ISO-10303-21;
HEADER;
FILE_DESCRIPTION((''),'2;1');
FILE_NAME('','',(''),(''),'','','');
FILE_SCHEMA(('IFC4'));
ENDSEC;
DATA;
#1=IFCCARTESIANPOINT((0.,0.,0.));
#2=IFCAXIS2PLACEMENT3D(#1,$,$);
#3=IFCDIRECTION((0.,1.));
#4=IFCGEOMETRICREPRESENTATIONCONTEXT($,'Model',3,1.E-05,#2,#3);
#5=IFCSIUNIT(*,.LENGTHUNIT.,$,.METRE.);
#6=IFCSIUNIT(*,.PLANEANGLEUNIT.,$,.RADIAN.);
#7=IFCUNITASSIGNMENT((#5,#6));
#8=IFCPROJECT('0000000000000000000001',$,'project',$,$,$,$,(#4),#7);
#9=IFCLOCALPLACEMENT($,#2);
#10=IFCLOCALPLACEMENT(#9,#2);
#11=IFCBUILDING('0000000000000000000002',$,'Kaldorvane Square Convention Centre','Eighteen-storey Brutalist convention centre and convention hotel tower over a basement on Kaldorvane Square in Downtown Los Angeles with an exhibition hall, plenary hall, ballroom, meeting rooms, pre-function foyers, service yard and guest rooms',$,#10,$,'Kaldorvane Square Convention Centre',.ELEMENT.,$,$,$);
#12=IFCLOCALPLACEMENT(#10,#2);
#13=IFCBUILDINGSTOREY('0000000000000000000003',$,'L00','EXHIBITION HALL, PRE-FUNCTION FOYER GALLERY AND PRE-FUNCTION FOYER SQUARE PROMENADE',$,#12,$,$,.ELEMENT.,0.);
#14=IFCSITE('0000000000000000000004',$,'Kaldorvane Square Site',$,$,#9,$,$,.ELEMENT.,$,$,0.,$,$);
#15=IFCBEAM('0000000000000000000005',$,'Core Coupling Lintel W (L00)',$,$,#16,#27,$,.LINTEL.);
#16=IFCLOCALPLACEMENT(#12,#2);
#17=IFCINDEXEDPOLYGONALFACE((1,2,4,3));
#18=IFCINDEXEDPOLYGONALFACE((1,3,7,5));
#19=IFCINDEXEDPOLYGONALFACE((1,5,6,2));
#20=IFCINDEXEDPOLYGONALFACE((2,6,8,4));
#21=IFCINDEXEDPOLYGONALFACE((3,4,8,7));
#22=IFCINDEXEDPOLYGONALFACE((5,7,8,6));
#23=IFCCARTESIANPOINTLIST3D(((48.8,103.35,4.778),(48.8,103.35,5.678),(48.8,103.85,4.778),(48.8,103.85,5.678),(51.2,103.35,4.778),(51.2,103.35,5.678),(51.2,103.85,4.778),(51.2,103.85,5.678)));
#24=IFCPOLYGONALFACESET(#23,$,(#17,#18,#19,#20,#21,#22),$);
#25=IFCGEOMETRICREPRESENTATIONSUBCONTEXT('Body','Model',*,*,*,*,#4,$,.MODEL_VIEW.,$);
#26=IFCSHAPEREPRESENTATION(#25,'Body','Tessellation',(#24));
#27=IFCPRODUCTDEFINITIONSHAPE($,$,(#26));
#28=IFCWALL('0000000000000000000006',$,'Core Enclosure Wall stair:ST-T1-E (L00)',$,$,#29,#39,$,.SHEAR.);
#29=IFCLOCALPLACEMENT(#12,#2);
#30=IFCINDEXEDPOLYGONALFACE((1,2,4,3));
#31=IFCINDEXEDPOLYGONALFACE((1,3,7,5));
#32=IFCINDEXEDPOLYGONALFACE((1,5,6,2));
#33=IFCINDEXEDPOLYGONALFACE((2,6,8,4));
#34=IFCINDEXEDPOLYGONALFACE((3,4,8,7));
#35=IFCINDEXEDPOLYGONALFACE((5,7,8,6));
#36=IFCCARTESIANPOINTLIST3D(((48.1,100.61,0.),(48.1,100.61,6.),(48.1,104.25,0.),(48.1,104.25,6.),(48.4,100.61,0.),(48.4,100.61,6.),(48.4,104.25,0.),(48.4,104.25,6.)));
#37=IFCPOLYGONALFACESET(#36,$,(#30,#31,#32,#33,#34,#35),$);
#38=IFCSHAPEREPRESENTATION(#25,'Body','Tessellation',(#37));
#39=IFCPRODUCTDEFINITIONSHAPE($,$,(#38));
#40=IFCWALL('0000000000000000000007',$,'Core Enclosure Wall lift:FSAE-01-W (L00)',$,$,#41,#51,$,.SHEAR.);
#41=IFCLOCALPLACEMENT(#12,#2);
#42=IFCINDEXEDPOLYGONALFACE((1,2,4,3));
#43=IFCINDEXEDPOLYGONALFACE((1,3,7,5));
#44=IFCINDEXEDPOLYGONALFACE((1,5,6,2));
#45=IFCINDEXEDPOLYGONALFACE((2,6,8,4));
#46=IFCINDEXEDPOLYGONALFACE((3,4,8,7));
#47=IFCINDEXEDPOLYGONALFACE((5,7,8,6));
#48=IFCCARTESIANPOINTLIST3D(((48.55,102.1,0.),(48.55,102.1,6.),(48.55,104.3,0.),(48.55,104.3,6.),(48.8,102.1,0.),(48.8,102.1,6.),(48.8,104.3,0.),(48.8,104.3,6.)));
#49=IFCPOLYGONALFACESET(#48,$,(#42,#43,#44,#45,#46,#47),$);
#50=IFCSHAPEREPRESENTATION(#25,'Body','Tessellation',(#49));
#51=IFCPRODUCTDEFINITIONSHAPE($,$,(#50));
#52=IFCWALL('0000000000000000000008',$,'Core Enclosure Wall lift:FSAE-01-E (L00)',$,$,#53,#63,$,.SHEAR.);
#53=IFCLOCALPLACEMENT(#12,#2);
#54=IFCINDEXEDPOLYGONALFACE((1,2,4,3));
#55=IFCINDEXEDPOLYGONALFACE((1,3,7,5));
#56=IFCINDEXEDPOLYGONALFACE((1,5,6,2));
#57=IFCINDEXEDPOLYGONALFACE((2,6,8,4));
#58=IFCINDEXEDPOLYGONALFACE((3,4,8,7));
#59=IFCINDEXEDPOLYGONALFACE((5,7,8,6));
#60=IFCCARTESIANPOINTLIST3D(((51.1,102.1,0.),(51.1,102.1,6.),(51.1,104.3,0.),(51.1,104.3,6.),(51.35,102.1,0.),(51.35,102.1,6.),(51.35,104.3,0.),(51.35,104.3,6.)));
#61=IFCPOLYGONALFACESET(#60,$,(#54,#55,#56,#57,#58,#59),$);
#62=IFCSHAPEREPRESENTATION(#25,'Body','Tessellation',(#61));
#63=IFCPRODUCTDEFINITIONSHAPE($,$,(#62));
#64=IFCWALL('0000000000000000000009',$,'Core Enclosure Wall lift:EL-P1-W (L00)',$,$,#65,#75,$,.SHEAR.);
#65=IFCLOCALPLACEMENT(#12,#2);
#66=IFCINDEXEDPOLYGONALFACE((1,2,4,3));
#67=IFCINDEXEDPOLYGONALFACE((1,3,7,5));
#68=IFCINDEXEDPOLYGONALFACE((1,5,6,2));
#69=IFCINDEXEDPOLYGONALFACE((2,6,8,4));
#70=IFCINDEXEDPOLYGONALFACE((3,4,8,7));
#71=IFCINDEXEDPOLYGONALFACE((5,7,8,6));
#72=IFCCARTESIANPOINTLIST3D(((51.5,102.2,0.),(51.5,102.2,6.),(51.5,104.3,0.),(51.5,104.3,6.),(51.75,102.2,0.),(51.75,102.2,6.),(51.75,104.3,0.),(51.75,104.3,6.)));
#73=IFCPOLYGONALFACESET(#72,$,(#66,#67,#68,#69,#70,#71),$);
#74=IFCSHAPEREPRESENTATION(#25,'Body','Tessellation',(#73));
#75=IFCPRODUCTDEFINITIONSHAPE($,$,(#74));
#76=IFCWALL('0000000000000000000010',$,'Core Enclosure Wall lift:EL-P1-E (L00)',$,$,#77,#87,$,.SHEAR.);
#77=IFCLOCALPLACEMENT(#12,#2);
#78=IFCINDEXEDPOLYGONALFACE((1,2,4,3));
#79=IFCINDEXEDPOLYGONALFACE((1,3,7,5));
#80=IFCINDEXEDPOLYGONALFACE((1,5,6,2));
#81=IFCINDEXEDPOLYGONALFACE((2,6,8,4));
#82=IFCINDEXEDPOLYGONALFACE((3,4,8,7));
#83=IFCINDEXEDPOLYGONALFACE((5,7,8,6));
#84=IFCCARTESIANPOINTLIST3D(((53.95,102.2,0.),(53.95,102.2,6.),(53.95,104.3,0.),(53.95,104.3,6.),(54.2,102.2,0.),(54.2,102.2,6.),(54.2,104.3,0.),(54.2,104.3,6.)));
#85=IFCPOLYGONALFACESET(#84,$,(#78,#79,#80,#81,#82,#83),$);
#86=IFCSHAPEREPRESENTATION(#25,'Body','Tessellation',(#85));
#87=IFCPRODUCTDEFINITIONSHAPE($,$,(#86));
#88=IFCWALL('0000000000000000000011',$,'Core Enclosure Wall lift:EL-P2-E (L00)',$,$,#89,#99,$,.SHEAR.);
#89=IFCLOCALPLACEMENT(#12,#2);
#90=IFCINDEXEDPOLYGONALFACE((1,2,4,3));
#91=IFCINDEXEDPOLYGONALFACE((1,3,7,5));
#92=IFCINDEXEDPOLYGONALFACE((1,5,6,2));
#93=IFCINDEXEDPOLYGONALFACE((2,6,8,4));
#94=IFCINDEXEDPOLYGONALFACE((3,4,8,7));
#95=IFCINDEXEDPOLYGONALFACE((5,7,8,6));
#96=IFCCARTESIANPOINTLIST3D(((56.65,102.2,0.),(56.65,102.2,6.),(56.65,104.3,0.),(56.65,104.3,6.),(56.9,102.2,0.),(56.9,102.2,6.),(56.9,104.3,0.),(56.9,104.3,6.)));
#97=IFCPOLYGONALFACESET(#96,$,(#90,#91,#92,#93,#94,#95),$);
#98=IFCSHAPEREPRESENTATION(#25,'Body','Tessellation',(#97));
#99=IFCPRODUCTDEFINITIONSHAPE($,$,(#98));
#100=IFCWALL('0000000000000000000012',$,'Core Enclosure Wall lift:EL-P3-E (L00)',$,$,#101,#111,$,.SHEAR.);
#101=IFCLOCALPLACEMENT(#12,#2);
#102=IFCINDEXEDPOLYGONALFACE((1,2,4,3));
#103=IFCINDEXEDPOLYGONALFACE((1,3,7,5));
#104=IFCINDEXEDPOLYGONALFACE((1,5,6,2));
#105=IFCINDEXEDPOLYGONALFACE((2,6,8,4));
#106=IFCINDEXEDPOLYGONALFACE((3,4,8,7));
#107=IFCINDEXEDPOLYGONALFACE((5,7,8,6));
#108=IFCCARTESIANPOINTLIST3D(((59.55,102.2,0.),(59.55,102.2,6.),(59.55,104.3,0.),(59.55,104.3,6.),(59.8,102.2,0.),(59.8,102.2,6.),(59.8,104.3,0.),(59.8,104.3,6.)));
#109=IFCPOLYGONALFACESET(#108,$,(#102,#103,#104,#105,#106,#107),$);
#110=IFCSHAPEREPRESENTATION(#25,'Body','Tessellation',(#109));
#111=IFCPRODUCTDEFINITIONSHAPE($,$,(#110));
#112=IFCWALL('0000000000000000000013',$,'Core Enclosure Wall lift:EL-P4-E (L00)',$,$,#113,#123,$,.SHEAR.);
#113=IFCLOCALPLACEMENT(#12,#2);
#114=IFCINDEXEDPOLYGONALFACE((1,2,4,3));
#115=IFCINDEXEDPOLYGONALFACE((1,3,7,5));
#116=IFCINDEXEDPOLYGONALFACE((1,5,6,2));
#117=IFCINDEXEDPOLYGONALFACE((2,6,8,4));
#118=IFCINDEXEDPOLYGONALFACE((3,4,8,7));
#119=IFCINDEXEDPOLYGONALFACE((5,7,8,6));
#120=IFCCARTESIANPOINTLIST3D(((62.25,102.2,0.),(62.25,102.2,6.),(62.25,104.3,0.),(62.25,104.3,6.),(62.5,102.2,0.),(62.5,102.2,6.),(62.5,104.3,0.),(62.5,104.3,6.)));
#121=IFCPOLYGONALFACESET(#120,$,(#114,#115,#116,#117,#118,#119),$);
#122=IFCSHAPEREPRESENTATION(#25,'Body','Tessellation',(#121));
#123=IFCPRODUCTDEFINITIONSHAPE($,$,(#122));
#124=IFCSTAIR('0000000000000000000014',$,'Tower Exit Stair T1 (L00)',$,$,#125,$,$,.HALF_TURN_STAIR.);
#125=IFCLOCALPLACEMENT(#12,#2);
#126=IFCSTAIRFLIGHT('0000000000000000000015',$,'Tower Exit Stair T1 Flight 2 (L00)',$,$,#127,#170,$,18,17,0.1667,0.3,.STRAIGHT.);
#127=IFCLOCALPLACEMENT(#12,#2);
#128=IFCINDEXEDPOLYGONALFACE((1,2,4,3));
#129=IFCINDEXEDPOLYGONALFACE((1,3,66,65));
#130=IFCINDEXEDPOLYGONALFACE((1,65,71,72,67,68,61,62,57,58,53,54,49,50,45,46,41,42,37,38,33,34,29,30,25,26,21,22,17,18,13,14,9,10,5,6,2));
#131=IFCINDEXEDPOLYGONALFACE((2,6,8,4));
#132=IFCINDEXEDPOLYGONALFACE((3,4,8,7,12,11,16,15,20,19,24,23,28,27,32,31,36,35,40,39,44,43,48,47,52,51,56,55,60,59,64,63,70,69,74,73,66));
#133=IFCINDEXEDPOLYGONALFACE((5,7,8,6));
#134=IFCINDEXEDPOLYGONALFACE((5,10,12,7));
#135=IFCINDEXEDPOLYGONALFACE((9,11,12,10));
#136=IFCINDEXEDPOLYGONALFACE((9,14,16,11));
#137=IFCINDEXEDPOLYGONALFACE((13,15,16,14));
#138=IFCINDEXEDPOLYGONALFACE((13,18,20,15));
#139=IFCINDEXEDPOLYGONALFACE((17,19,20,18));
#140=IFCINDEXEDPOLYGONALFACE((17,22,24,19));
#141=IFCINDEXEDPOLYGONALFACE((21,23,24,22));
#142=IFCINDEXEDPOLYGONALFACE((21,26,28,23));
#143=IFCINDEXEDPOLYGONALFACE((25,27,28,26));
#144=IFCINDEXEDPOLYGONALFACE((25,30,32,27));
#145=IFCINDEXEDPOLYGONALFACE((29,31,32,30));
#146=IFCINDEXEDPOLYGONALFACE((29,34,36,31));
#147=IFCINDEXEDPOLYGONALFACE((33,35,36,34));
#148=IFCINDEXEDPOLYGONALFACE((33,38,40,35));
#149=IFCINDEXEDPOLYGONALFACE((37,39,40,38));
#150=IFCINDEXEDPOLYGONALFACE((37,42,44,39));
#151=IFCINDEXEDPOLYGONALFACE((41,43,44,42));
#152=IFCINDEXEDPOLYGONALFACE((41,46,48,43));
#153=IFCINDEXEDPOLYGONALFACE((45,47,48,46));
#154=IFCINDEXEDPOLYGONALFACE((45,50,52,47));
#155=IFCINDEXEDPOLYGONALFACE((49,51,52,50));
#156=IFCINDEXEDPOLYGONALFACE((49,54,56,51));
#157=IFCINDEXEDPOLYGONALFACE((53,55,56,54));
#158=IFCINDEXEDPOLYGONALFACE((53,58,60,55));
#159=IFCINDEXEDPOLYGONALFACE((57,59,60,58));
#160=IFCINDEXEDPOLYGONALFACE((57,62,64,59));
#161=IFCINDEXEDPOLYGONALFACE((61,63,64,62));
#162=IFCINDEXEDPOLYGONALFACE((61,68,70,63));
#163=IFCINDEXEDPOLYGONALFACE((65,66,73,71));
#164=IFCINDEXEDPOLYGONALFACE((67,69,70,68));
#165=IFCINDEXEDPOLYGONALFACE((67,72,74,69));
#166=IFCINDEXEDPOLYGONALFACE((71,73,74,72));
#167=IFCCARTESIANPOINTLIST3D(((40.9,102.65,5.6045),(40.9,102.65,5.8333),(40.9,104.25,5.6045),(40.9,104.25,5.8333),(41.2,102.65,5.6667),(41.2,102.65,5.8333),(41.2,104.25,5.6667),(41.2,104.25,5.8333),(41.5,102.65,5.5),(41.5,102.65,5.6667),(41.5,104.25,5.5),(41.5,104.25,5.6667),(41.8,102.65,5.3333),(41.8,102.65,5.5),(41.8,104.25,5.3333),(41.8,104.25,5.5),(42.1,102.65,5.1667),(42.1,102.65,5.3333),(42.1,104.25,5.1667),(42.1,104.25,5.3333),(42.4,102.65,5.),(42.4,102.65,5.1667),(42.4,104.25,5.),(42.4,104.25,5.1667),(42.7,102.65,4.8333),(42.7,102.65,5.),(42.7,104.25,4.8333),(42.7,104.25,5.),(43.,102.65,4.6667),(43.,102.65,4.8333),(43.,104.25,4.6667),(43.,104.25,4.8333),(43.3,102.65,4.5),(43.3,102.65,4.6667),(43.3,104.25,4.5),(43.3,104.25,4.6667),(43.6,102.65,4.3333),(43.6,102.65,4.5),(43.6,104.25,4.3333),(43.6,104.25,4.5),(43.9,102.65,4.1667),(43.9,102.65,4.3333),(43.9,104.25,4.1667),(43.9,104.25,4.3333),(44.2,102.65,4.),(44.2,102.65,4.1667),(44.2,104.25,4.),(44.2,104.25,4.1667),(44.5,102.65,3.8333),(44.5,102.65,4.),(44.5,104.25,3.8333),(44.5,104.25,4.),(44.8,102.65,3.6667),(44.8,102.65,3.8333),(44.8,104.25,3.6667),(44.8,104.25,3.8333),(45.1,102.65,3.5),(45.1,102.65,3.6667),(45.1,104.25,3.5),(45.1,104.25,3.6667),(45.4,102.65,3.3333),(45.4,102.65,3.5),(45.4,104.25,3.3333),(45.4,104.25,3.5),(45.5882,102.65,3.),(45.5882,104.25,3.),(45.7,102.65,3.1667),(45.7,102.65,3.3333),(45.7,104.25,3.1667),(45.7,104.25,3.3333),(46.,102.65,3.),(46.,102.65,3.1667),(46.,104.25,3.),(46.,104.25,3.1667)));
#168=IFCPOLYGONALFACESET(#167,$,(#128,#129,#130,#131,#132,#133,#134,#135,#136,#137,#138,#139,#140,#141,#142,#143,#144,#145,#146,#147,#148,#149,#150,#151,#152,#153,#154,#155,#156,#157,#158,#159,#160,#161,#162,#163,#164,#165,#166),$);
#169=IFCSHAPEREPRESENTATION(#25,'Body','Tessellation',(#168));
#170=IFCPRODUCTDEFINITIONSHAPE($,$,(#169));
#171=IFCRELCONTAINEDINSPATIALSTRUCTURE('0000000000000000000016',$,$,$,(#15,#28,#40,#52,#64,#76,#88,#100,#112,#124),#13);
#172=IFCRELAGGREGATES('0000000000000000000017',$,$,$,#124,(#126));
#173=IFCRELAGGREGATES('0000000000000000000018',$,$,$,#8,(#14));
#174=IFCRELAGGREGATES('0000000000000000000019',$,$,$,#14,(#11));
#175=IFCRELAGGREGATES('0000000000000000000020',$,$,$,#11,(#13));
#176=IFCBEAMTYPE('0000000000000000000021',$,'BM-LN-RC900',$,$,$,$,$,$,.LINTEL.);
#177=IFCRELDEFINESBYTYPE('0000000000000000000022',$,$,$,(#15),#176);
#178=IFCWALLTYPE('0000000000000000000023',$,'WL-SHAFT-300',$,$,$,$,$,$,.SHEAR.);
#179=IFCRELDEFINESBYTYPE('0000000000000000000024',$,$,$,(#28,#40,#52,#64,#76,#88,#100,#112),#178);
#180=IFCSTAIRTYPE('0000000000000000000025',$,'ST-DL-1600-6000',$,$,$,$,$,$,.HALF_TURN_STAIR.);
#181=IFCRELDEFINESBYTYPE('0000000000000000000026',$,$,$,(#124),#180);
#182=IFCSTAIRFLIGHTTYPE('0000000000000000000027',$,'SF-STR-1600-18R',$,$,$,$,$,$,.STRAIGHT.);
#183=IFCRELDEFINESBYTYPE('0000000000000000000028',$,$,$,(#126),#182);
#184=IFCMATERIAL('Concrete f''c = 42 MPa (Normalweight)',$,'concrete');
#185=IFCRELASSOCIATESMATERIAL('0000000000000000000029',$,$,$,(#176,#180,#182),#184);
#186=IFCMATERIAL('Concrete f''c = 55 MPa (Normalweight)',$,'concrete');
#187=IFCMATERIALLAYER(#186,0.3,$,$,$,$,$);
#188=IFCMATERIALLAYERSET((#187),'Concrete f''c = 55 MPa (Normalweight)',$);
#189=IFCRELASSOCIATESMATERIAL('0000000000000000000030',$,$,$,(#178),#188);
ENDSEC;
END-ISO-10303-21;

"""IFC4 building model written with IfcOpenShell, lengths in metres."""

from ifc_helpers import new_model, si_unit, direction, frame, frame_2d, origin, origin_2d, place, context, subcontext, project, spatial, polyline, rectangle, outline, extrude, material, layer, layer_set, material_profile, profile_set, type_object, element, aggregate, save


model = new_model("IFC4")

# Units and contexts
model_context = context("Model", 3, precision=1e-05, world=origin(), true_north=direction((0.0, 1.0)))
body_context = subcontext(model_context, "Body", "Model", "MODEL_VIEW")
ifc_project = project(units=[si_unit("LENGTHUNIT", "METRE"), si_unit("PLANEANGLEUNIT", "RADIAN")], contexts=[model_context])

# Site, building, storey
site_placement = place(None, origin())
site = spatial("IfcSite", under=ifc_project, at=site_placement, Name="Kaldorvane Square Site", CompositionType="ELEMENT", RefElevation=0.0)
building_placement = place(site_placement, origin())
building = spatial("IfcBuilding", under=site, at=building_placement, Name="Kaldorvane Square Convention Centre", Description="Eighteen-storey Brutalist convention centre and convention hotel tower over a basement on Kaldorvane Square in Downtown Los Angeles with an exhibition hall, plenary hall, ballroom, meeting rooms, pre-function foyers, service yard and guest rooms", LongName="Kaldorvane Square Convention Centre", CompositionType="ELEMENT")
storey_placement = place(building_placement, origin())
storey = spatial("IfcBuildingStorey", under=building, at=storey_placement, Name="L00", Description="EXHIBITION HALL, PRE-FUNCTION FOYER GALLERY AND PRE-FUNCTION FOYER SQUARE PROMENADE", CompositionType="ELEMENT", Elevation=0.0)

# Beam
ifc_material_1 = material(Name="Concrete f'c = 42 MPa (Normalweight)", Category="concrete")
ifc_material_profile = material_profile(ifc_material_1, rectangle(XDim=0.5, YDim=0.9, at=origin_2d()), Name="RCLN900X500")
ifc_profile_set = profile_set([ifc_material_profile], Name="Concrete f'c = 42 MPa (Normalweight)")
beam_type = type_object("IfcBeamType", Name="BM-LN-RC900", PredefinedType="LINTEL", material=ifc_profile_set)
beam_placement = place(storey_placement, frame((48.8, 103.6, 5.228), z_axis=(1.0, 0.0, 0.0), x_axis=(0.0, 1.0, 0.0)))
element("IfcBeam", 1, at=beam_placement, inside=storey, type_object=beam_type, Name="Core Coupling Lintel W (L00)", PredefinedType="LINTEL", context=body_context, shape_type="SweptSolid", body=[
    extrude(rectangle(XDim=0.5, YDim=0.9, at=origin_2d()), origin(), (0.0, 0.0, 1.0), 2.4),
])

# Wall
ifc_material_2 = material(Name="Concrete f'c = 55 MPa (Normalweight)", Category="concrete")
ifc_layer = layer(ifc_material_2, 0.3)
ifc_layer_set = layer_set([ifc_layer], Name="Concrete f'c = 55 MPa (Normalweight)")
wall_type = type_object("IfcWallType", Name="WL-SHAFT-300", PredefinedType="SHEAR", material=ifc_layer_set)
wall_1_placement = place(storey_placement, frame((48.25, 100.61, 0.0), z_axis=(0.0, 0.0, 1.0), x_axis=(0.0, 1.0, 0.0)))
element("IfcWall", 2, at=wall_1_placement, inside=storey, type_object=wall_type, Name="Core Enclosure Wall stair:ST-T1-E (L00)", PredefinedType="SHEAR", context=body_context, shape_type="SweptSolid", body=[
    extrude(rectangle(XDim=3.64, YDim=0.3, at=frame_2d((1.82, 0.0))), origin(), (0.0, 0.0, 1.0), 6.0),
])

# Walls
for number, where, z_axis, x_axis, name in (
    (3, (48.675, 104.3, 0.0), (0.0, 0.0, 1.0), (0.0, -1.0, 0.0), "Core Enclosure Wall lift:FSAE-01-W (L00)"),
    (4, (51.225, 102.1, 0.0), (0.0, 0.0, 1.0), (0.0, 1.0, 0.0), "Core Enclosure Wall lift:FSAE-01-E (L00)"),
):
    element("IfcWall", number, at=place(storey_placement, frame(where, z_axis=z_axis, x_axis=x_axis)), inside=storey, type_object=wall_type, Name=name, PredefinedType="SHEAR", context=body_context, shape_type="SweptSolid", body=[
        extrude(rectangle(XDim=2.2, YDim=0.25, at=frame_2d((1.1, 0.0))), origin(), (0.0, 0.0, 1.0), 6.0),
    ])

# Walls
for number, where, z_axis, x_axis, name in (
    (5, (51.625, 104.3, 0.0), (0.0, 0.0, 1.0), (0.0, -1.0, 0.0), "Core Enclosure Wall lift:EL-P1-W (L00)"),
    (6, (54.075, 102.2, 0.0), (0.0, 0.0, 1.0), (0.0, 1.0, 0.0), "Core Enclosure Wall lift:EL-P1-E (L00)"),
):
    element("IfcWall", number, at=place(storey_placement, frame(where, z_axis=z_axis, x_axis=x_axis)), inside=storey, type_object=wall_type, Name=name, PredefinedType="SHEAR", context=body_context, shape_type="SweptSolid", body=[
        extrude(rectangle(XDim=2.1, YDim=0.25, at=frame_2d((1.05, 0.0))), origin(), (0.0, 0.0, 1.0), 6.0),
    ])

# Wall
wall_2_placement = place(storey_placement, frame((56.775, 102.2, 0.0), z_axis=(0.0, 0.0, 1.0), x_axis=(0.0, 1.0, 0.0)))
element("IfcWall", 7, at=wall_2_placement, inside=storey, type_object=wall_type, Name="Core Enclosure Wall lift:EL-P2-E (L00)", PredefinedType="SHEAR", context=body_context, shape_type="SweptSolid", body=[
    extrude(rectangle(XDim=2.1, YDim=0.25, at=frame_2d((1.05, 0.0))), origin(), (0.0, 0.0, 1.0), 6.0),
])

# Wall
wall_3_placement = place(storey_placement, frame((59.675, 102.2, 0.0), z_axis=(0.0, 0.0, 1.0), x_axis=(0.0, 1.0, 0.0)))
element("IfcWall", 8, at=wall_3_placement, inside=storey, type_object=wall_type, Name="Core Enclosure Wall lift:EL-P3-E (L00)", PredefinedType="SHEAR", context=body_context, shape_type="SweptSolid", body=[
    extrude(rectangle(XDim=2.1, YDim=0.25, at=frame_2d((1.05, 0.0))), origin(), (0.0, 0.0, 1.0), 6.0),
])

# Wall
wall_4_placement = place(storey_placement, frame((62.375, 102.2, 0.0), z_axis=(0.0, 0.0, 1.0), x_axis=(0.0, 1.0, 0.0)))
element("IfcWall", 9, at=wall_4_placement, inside=storey, type_object=wall_type, Name="Core Enclosure Wall lift:EL-P4-E (L00)", PredefinedType="SHEAR", context=body_context, shape_type="SweptSolid", body=[
    extrude(rectangle(XDim=2.1, YDim=0.25, at=frame_2d((1.05, 0.0))), origin(), (0.0, 0.0, 1.0), 6.0),
])

# Stair, stair flight
stair_type = type_object("IfcStairType", Name="ST-DL-1600-6000", PredefinedType="HALF_TURN_STAIR", material=ifc_material_1)
stair_placement = place(storey_placement, origin())
stair = element("IfcStair", 10, at=stair_placement, inside=storey, type_object=stair_type, Name="Tower Exit Stair T1 (L00)", PredefinedType="HALF_TURN_STAIR")
stair_flight_type = type_object("IfcStairFlightType", Name="SF-STR-1600-18R", PredefinedType="STRAIGHT", material=ifc_material_1)
stair_flight_placement = place(storey_placement, frame((46.0, 103.45, 3.0), z_axis=(0.0, 0.0, 1.0), x_axis=(-1.0, 0.0, 0.0)))
stair_flight = element("IfcStairFlight", 11, at=stair_flight_placement, type_object=stair_flight_type, Name="Tower Exit Stair T1 Flight 2 (L00)", NumberOfRisers=18, NumberOfTreads=17, PredefinedType="STRAIGHT", RiserHeight=0.1667, TreadLength=0.3, context=body_context, shape_type="SweptSolid", body=[
    extrude(outline(polyline([(0.0, 0.0), (0.0, 0.1667), (0.3, 0.1667), (0.3, 0.3333), (0.6, 0.3333), (0.6, 0.5), (0.9, 0.5), (0.9, 0.6667), (1.2, 0.6667), (1.2, 0.8333), (1.5, 0.8333), (1.5, 1.0), (1.8, 1.0), (1.8, 1.1667), (2.1, 1.1667), (2.1, 1.3333), (2.4, 1.3333), (2.4, 1.5), (2.7, 1.5), (2.7, 1.6667), (3.0, 1.6667), (3.0, 1.8333), (3.3, 1.8333), (3.3, 2.0), (3.6, 2.0), (3.6, 2.1667), (3.9, 2.1667), (3.9, 2.3333), (4.2, 2.3333), (4.2, 2.5), (4.5, 2.5), (4.5, 2.6667), (4.8, 2.6667), (4.8, 2.8333), (5.1, 2.8333), (5.1, 3.0), (5.1, 2.6045), (0.4118, 0.0), (0.0, 0.0)])), frame((0.0, 0.8, 0.0), z_axis=(0.0, -1.0, 0.0), x_axis=(1.0, 0.0, 0.0)), (0.0, 0.0, 1.0), 1.6),
])
aggregate(stair, [stair_flight])

save(model, "model.ifc")
